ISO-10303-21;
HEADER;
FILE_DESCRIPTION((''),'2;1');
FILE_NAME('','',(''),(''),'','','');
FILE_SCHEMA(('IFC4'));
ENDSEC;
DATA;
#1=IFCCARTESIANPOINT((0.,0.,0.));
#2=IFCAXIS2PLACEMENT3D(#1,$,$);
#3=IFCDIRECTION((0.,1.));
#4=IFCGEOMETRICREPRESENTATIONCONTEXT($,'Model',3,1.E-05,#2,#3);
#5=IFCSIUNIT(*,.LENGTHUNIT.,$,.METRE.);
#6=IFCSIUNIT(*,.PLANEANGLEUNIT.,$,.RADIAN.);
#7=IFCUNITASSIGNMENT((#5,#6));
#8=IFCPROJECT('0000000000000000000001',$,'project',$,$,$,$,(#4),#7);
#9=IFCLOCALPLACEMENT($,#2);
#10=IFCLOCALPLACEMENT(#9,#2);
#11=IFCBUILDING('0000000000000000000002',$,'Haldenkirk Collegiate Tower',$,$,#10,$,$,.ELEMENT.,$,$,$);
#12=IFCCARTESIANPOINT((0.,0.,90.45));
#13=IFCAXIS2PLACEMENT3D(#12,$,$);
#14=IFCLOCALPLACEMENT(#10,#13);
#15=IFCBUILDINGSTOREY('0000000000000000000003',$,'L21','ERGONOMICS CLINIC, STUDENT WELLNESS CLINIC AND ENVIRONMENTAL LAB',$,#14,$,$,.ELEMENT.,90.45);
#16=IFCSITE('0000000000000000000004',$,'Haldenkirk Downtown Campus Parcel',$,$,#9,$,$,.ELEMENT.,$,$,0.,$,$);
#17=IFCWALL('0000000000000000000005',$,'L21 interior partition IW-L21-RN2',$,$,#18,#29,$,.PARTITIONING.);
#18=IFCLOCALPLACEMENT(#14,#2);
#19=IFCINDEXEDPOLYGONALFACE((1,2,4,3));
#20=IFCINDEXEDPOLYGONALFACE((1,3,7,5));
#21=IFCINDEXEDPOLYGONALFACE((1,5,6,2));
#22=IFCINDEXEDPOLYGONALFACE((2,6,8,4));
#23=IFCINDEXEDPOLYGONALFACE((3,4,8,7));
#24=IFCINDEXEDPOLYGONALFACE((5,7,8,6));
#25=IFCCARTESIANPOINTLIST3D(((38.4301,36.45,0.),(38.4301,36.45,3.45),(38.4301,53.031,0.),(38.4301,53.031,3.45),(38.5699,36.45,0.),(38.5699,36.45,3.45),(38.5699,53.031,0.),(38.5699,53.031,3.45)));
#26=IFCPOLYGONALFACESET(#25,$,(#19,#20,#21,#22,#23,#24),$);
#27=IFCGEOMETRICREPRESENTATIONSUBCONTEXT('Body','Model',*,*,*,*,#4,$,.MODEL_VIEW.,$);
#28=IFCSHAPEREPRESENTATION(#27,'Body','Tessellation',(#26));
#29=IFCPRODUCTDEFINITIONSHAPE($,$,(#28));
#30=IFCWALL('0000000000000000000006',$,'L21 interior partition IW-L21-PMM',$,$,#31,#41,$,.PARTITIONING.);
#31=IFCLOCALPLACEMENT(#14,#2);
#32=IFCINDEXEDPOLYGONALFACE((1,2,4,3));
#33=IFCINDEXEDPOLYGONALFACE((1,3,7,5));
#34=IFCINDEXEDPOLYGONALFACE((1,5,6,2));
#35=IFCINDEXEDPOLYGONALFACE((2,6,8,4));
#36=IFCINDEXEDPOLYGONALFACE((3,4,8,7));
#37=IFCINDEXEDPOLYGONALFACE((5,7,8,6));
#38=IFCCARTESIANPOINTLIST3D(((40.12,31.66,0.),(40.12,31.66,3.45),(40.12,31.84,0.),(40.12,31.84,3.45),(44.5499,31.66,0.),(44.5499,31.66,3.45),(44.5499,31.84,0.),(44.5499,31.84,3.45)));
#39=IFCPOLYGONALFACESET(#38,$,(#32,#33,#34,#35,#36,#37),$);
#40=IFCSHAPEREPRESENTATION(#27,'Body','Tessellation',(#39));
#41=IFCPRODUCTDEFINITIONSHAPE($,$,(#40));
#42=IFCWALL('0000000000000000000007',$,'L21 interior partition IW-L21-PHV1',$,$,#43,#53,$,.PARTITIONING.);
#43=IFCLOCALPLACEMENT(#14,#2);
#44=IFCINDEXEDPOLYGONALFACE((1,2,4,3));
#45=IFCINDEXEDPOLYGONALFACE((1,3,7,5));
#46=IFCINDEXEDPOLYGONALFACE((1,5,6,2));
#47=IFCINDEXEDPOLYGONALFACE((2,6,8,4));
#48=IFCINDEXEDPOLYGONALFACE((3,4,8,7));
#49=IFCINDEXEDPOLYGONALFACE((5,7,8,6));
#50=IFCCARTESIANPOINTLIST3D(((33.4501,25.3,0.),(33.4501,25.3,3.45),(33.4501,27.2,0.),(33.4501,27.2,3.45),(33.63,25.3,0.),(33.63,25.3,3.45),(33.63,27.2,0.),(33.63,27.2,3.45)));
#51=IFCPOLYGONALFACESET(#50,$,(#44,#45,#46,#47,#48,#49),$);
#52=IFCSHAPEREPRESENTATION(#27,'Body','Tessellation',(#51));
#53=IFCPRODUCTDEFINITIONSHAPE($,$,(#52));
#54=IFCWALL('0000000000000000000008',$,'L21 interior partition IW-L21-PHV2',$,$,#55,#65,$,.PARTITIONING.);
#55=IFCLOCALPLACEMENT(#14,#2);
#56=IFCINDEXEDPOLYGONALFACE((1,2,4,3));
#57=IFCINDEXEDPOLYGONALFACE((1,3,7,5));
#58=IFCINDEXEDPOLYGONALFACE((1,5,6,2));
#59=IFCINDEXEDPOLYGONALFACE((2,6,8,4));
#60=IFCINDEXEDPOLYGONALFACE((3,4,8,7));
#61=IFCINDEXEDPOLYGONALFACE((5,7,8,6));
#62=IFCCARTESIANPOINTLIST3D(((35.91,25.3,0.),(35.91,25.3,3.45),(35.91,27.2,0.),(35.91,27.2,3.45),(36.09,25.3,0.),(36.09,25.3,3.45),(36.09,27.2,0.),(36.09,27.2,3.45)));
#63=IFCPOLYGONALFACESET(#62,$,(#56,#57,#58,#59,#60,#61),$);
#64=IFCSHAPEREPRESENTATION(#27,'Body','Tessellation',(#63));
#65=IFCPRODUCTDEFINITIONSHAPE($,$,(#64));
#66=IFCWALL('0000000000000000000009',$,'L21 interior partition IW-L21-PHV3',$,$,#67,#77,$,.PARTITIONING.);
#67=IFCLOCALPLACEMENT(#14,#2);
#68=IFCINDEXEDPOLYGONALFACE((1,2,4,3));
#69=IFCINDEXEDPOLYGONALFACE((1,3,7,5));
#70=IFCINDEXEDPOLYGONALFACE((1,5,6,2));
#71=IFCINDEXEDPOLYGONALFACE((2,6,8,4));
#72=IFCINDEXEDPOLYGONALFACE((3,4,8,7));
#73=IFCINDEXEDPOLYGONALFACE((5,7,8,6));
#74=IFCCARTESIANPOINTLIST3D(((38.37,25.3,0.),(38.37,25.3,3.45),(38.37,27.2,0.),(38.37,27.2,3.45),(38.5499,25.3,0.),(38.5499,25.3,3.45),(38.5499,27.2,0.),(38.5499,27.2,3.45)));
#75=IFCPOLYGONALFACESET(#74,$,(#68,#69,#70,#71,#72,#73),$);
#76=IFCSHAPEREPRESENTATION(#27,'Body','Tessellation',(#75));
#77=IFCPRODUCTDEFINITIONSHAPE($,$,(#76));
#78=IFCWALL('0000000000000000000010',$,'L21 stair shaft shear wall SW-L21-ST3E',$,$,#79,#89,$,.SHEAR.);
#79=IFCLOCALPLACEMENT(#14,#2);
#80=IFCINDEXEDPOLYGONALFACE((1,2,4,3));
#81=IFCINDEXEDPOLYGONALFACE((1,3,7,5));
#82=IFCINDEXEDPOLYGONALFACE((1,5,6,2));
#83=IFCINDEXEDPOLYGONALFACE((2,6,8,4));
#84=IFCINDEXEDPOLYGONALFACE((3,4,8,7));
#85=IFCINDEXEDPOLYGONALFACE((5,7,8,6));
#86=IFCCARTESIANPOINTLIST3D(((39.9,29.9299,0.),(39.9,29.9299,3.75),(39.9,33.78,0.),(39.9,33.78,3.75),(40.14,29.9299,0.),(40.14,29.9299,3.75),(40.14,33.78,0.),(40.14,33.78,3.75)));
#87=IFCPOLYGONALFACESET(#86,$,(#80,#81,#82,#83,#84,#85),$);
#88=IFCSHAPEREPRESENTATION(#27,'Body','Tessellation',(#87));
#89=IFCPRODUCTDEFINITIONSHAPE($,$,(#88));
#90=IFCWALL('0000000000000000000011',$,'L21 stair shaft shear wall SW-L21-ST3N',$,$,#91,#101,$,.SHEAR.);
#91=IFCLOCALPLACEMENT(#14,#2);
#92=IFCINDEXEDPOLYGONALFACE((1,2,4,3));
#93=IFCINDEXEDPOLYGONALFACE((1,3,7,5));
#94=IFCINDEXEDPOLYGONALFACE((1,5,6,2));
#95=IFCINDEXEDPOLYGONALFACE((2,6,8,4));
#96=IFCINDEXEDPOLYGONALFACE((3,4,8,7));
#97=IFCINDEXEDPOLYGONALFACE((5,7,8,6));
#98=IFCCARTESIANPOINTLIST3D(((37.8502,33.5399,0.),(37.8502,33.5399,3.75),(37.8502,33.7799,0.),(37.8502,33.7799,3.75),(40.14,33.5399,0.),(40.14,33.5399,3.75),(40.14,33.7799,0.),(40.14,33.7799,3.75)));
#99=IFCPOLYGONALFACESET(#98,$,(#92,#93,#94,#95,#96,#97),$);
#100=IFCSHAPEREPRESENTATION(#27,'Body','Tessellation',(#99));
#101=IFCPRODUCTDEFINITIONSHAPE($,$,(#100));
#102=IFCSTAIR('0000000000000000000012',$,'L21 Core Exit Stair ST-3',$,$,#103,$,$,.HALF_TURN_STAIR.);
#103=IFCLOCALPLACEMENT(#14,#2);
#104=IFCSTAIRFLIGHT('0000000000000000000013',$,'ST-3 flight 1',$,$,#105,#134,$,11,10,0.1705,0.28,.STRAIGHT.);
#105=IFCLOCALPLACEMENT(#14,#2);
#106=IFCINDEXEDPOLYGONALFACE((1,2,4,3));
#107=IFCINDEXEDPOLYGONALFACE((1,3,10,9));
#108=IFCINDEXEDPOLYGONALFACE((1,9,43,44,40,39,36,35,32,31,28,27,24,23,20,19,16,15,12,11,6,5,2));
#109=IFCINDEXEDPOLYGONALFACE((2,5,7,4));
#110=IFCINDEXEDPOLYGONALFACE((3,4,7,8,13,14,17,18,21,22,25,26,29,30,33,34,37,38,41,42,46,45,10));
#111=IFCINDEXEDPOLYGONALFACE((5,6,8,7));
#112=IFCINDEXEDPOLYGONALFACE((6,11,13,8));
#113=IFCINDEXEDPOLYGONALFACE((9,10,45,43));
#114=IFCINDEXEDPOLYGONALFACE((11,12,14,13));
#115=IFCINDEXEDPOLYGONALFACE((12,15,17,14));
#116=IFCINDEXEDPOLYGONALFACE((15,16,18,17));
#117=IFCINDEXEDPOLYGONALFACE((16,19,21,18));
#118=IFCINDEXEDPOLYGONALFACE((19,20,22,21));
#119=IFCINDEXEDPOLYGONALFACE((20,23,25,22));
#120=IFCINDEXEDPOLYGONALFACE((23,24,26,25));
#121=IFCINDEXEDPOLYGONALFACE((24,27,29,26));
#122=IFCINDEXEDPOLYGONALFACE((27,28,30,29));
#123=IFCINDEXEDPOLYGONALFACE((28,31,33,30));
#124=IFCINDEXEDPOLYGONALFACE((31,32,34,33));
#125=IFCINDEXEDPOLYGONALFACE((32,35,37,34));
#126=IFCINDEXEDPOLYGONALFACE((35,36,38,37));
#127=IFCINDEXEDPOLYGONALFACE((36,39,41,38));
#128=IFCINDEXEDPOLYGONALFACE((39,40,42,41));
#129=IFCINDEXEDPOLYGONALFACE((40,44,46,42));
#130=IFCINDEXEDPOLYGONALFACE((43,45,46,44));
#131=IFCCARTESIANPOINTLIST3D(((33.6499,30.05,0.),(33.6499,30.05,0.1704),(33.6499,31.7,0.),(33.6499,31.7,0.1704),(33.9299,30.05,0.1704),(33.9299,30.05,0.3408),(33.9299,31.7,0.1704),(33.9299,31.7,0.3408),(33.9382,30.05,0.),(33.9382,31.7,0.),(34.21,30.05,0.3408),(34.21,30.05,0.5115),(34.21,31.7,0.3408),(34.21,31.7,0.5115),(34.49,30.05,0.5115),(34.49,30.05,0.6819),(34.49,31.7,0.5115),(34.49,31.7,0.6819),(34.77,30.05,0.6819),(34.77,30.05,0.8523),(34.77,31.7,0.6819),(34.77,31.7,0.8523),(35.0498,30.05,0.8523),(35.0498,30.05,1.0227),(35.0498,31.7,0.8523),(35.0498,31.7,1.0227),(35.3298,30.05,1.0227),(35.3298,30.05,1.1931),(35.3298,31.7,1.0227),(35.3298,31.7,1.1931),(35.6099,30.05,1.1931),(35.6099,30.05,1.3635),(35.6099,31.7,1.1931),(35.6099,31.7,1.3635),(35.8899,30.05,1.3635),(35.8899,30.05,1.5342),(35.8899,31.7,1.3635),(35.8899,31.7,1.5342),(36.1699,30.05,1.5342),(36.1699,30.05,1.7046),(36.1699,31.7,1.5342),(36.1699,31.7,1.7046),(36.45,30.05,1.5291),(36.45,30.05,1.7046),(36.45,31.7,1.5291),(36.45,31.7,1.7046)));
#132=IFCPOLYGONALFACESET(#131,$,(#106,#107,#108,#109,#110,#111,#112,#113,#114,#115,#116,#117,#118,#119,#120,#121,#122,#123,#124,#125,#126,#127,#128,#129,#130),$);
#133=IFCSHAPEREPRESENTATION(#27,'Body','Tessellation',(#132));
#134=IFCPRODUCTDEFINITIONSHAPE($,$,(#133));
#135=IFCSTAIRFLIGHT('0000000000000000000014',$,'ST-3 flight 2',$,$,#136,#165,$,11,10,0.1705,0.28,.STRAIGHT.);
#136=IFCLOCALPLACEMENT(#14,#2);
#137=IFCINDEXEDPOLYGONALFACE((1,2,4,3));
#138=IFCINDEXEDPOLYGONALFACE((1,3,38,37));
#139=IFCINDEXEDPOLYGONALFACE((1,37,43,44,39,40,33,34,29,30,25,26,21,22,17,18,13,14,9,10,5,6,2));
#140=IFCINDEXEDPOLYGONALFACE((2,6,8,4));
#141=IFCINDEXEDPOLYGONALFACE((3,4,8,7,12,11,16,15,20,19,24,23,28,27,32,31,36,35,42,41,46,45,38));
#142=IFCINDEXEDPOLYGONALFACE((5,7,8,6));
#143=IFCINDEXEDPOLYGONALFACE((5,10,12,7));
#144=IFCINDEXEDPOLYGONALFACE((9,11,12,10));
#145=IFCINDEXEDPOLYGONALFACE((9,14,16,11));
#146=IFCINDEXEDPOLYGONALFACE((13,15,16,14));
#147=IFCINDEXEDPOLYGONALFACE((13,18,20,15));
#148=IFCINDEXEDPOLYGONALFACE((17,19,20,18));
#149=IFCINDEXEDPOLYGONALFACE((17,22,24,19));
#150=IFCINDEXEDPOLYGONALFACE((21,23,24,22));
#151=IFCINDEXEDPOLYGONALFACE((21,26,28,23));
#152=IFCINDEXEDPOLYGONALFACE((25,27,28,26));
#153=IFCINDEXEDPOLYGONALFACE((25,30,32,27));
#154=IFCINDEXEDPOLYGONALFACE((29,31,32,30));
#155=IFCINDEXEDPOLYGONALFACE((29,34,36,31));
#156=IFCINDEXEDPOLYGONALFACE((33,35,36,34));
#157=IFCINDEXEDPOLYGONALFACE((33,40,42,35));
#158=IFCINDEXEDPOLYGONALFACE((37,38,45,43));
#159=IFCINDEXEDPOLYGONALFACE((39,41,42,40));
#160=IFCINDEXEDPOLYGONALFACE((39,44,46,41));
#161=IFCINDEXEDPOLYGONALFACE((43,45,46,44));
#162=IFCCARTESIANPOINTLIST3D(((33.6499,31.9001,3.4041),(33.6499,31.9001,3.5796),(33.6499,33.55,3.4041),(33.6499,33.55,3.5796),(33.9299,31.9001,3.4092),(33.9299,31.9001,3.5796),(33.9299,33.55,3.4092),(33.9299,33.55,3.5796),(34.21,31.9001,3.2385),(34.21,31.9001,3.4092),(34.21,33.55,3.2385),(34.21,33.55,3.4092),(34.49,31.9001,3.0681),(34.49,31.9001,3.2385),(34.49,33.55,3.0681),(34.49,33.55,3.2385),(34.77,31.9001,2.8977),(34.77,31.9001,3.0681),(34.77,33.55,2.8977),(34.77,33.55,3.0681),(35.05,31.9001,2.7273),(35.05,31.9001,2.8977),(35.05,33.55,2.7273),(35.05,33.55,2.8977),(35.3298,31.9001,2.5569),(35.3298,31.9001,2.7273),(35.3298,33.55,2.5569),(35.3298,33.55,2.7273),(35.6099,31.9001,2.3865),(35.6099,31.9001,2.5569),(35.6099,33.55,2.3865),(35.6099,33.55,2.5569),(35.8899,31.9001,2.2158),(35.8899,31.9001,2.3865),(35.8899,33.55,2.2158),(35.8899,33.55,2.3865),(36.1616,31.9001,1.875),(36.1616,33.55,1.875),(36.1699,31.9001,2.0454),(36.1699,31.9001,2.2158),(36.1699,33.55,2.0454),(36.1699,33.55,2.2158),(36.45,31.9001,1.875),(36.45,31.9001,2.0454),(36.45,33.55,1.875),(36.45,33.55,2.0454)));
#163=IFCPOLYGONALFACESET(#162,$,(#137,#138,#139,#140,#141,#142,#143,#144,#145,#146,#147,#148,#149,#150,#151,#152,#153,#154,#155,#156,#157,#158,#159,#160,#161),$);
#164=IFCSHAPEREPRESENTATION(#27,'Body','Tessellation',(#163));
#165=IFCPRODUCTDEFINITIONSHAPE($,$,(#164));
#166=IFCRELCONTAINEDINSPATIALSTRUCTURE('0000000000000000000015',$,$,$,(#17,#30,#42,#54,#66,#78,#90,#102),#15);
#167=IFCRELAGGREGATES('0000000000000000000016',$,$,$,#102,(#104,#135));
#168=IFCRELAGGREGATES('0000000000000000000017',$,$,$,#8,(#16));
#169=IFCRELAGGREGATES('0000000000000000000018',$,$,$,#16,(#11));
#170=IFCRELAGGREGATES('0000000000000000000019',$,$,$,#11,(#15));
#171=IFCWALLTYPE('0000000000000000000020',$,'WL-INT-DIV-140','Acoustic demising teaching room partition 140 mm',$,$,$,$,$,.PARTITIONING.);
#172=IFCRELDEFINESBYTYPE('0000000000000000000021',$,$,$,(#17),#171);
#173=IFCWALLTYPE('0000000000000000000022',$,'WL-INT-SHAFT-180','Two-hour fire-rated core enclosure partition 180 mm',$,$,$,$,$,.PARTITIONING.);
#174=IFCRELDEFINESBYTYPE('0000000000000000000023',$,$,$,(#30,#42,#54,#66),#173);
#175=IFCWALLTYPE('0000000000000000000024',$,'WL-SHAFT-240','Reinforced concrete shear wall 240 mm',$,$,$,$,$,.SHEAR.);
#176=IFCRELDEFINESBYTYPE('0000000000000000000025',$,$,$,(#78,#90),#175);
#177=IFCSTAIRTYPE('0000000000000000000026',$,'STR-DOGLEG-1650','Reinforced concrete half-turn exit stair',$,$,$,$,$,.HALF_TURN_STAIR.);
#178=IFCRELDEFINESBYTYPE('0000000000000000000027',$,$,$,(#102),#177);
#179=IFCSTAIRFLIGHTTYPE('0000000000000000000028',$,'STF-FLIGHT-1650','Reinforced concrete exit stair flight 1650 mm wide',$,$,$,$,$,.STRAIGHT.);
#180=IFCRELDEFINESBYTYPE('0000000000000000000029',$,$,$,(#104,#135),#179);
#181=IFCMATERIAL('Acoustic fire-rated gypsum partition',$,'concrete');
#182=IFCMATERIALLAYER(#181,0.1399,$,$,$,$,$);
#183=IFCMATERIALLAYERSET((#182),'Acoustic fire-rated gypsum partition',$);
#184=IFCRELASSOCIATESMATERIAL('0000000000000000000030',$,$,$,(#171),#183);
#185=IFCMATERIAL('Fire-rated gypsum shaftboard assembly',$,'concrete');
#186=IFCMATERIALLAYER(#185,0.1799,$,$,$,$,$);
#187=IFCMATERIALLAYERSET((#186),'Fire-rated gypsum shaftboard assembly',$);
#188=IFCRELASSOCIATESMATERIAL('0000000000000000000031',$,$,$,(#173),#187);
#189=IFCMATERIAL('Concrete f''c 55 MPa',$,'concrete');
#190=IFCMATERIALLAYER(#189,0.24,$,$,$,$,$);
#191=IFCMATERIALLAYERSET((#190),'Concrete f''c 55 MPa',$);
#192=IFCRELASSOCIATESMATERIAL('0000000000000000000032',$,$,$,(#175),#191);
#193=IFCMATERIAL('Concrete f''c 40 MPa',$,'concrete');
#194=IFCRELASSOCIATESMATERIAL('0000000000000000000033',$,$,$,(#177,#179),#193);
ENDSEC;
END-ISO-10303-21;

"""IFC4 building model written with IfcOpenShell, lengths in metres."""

from ifc_helpers import new_model, si_unit, direction, frame, frame_2d, origin, place, context, subcontext, project, spatial, polyline, rectangle, outline, extrude, material, layer, layer_set, type_object, element, aggregate, save


model = new_model("IFC4")

# Units and contexts
model_context = context("Model", 3, precision=1e-05, world=origin(), true_north=direction((0.0, 1.0)))
body_context = subcontext(model_context, "Body", "Model", "MODEL_VIEW")
ifc_project = project(units=[si_unit("LENGTHUNIT", "METRE"), si_unit("PLANEANGLEUNIT", "RADIAN")], contexts=[model_context])

# Site, building, storey
site_placement = place(None, origin())
site = spatial("IfcSite", under=ifc_project, at=site_placement, Name="Haldenkirk Downtown Campus Parcel", CompositionType="ELEMENT", RefElevation=0.0)
building_placement = place(site_placement, origin())
building = spatial("IfcBuilding", under=site, at=building_placement, Name="Haldenkirk Collegiate Tower", CompositionType="ELEMENT")
storey_placement = place(building_placement, frame((0.0, 0.0, 90.45)))
storey = spatial("IfcBuildingStorey", under=building, at=storey_placement, Name="L21", Description="ERGONOMICS CLINIC, STUDENT WELLNESS CLINIC AND ENVIRONMENTAL LAB", CompositionType="ELEMENT", Elevation=90.45)

# Wall
ifc_material_1 = material(Name="Acoustic fire-rated gypsum partition", Category="concrete")
ifc_layer_1 = layer(ifc_material_1, 0.1399)
ifc_layer_set_1 = layer_set([ifc_layer_1], Name="Acoustic fire-rated gypsum partition")
wall_type_1 = type_object("IfcWallType", Name="WL-INT-DIV-140", Description="Acoustic demising teaching room partition 140 mm", PredefinedType="PARTITIONING", material=ifc_layer_set_1)
wall_1_placement = place(storey_placement, frame((38.5, 36.45, 0.0), z_axis=(0.0, 0.0, 1.0), x_axis=(0.0, 1.0, 0.0)))
element("IfcWall", 1, at=wall_1_placement, inside=storey, type_object=wall_type_1, Name="L21 interior partition IW-L21-RN2", PredefinedType="PARTITIONING", context=body_context, shape_type="SweptSolid", body=[
    extrude(rectangle(XDim=16.5811, YDim=0.1399, at=frame_2d((8.2905, 0.0))), origin(), (0.0, 0.0, 1.0), 3.45),
])

# Shared definitions
ifc_material_2 = material(Name="Fire-rated gypsum shaftboard assembly", Category="concrete")
ifc_layer_2 = layer(ifc_material_2, 0.1799)
ifc_layer_set_2 = layer_set([ifc_layer_2], Name="Fire-rated gypsum shaftboard assembly")
wall_type_2 = type_object("IfcWallType", Name="WL-INT-SHAFT-180", Description="Two-hour fire-rated core enclosure partition 180 mm", PredefinedType="PARTITIONING", material=ifc_layer_set_2)

# Walls
wall_2_placement = place(storey_placement, frame((40.1201, 31.75, 0.0), z_axis=(0.0, 0.0, 1.0), x_axis=(1.0, 0.0, 0.0)))
element("IfcWall", 2, at=wall_2_placement, inside=storey, type_object=wall_type_2, Name="L21 interior partition IW-L21-PMM", PredefinedType="PARTITIONING", context=body_context, shape_type="SweptSolid", body=[
    extrude(rectangle(XDim=4.4299, YDim=0.1799, at=frame_2d((2.2148, 0.0))), origin(), (0.0, 0.0, 1.0), 3.45),
])
for number, where, z_axis, x_axis, name in (
    (3, (33.54, 25.3, 0.0), (0.0, 0.0, 1.0), (0.0, 1.0, 0.0), "L21 interior partition IW-L21-PHV1"),
    (4, (36.0, 25.3, 0.0), (0.0, 0.0, 1.0), (0.0, 1.0, 0.0), "L21 interior partition IW-L21-PHV2"),
    (5, (38.46, 25.3, 0.0), (0.0, 0.0, 1.0), (0.0, 1.0, 0.0), "L21 interior partition IW-L21-PHV3"),
):
    element("IfcWall", number, at=place(storey_placement, frame(where, z_axis=z_axis, x_axis=x_axis)), inside=storey, type_object=wall_type_2, Name=name, PredefinedType="PARTITIONING", context=body_context, shape_type="SweptSolid", body=[
        extrude(rectangle(XDim=1.8999, YDim=0.1799, at=frame_2d((0.95, 0.0))), origin(), (0.0, 0.0, 1.0), 3.45),
    ])
ifc_material_3 = material(Name="Concrete f'c 55 MPa", Category="concrete")
ifc_layer_3 = layer(ifc_material_3, 0.24)
ifc_layer_set_3 = layer_set([ifc_layer_3], Name="Concrete f'c 55 MPa")
wall_type_3 = type_object("IfcWallType", Name="WL-SHAFT-240", Description="Reinforced concrete shear wall 240 mm", PredefinedType="SHEAR", material=ifc_layer_set_3)
wall_3_placement = place(storey_placement, frame((40.02, 29.9299, 0.0), z_axis=(0.0, 0.0, 1.0), x_axis=(0.0, 1.0, 0.0)))
element("IfcWall", 6, at=wall_3_placement, inside=storey, type_object=wall_type_3, Name="L21 stair shaft shear wall SW-L21-ST3E", PredefinedType="SHEAR", context=body_context, shape_type="SweptSolid", body=[
    extrude(rectangle(XDim=3.8501, YDim=0.24, at=frame_2d((1.925, 0.0))), origin(), (0.0, 0.0, 1.0), 3.75),
])
wall_4_placement = place(storey_placement, frame((37.8501, 33.6599, 0.0), z_axis=(0.0, 0.0, 1.0), x_axis=(1.0, 0.0, 0.0)))
element("IfcWall", 7, at=wall_4_placement, inside=storey, type_object=wall_type_3, Name="L21 stair shaft shear wall SW-L21-ST3N", PredefinedType="SHEAR", context=body_context, shape_type="SweptSolid", body=[
    extrude(rectangle(XDim=2.2898, YDim=0.24, at=frame_2d((1.145, 0.0))), origin(), (0.0, 0.0, 1.0), 3.75),
])

# Stair, stair flights
ifc_material_4 = material(Name="Concrete f'c 40 MPa", Category="concrete")
stair_type = type_object("IfcStairType", Name="STR-DOGLEG-1650", Description="Reinforced concrete half-turn exit stair", PredefinedType="HALF_TURN_STAIR", material=ifc_material_4)
stair_placement = place(storey_placement, origin())
stair = element("IfcStair", 8, at=stair_placement, inside=storey, type_object=stair_type, Name="L21 Core Exit Stair ST-3", PredefinedType="HALF_TURN_STAIR")
stair_flight_type = type_object("IfcStairFlightType", Name="STF-FLIGHT-1650", Description="Reinforced concrete exit stair flight 1650 mm wide", PredefinedType="STRAIGHT", material=ifc_material_4)
stair_flight_1_placement = place(storey_placement, frame((33.6499, 30.875, 0.0), z_axis=(0.0, 0.0, 1.0), x_axis=(1.0, 0.0, 0.0)))
stair_flight_1 = element("IfcStairFlight", 9, at=stair_flight_1_placement, type_object=stair_flight_type, Name="ST-3 flight 1", NumberOfRisers=11, NumberOfTreads=10, PredefinedType="STRAIGHT", RiserHeight=0.1705, TreadLength=0.28, context=body_context, shape_type="SweptSolid", body=[
    extrude(outline(polyline([(0.0, 0.0), (0.0, 0.1704), (0.28, 0.1704), (0.28, 0.3408), (0.5601, 0.3408), (0.5601, 0.5115), (0.8401, 0.5115), (0.8401, 0.6819), (1.1201, 0.6819), (1.1201, 0.8523), (1.3999, 0.8523), (1.3999, 1.0227), (1.6799, 1.0227), (1.6799, 1.1931), (1.96, 1.1931), (1.96, 1.3635), (2.24, 1.3635), (2.24, 1.5342), (2.52, 1.5342), (2.52, 1.7046), (2.8, 1.7046), (2.8, 1.875), (2.8, 1.5291), (0.2883, 0.0), (0.0, 0.0)])), frame((0.0, 0.825, 0.0), z_axis=(0.0, -1.0, 0.0), x_axis=(1.0, 0.0, 0.0)), (0.0, 0.0, 1.0), 1.6499),
])
stair_flight_2_placement = place(storey_placement, frame((36.45, 32.7251, 1.875), z_axis=(0.0, 0.0, 1.0), x_axis=(-1.0, 0.0, 0.0)))
stair_flight_2 = element("IfcStairFlight", 10, at=stair_flight_2_placement, type_object=stair_flight_type, Name="ST-3 flight 2", NumberOfRisers=11, NumberOfTreads=10, PredefinedType="STRAIGHT", RiserHeight=0.1705, TreadLength=0.28, context=body_context, shape_type="SweptSolid", body=[
    extrude(outline(polyline([(0.0, 0.0), (0.0, 0.1704), (0.28, 0.1704), (0.28, 0.3408), (0.5601, 0.3408), (0.5601, 0.5115), (0.8401, 0.5115), (0.8401, 0.6819), (1.1201, 0.6819), (1.1201, 0.8523), (1.3999, 0.8523), (1.3999, 1.0227), (1.6799, 1.0227), (1.6799, 1.1931), (1.96, 1.1931), (1.96, 1.3635), (2.24, 1.3635), (2.24, 1.5342), (2.52, 1.5342), (2.52, 1.7046), (2.8, 1.7046), (2.8, 1.875), (2.8, 1.5291), (0.2883, 0.0), (0.0, 0.0)])), frame((0.0, 0.825, 0.0), z_axis=(0.0, -1.0, 0.0), x_axis=(1.0, 0.0, 0.0)), (0.0, 0.0, 1.0), 1.6499),
])
aggregate(stair, [stair_flight_1, stair_flight_2])

save(model, "model.ifc")
